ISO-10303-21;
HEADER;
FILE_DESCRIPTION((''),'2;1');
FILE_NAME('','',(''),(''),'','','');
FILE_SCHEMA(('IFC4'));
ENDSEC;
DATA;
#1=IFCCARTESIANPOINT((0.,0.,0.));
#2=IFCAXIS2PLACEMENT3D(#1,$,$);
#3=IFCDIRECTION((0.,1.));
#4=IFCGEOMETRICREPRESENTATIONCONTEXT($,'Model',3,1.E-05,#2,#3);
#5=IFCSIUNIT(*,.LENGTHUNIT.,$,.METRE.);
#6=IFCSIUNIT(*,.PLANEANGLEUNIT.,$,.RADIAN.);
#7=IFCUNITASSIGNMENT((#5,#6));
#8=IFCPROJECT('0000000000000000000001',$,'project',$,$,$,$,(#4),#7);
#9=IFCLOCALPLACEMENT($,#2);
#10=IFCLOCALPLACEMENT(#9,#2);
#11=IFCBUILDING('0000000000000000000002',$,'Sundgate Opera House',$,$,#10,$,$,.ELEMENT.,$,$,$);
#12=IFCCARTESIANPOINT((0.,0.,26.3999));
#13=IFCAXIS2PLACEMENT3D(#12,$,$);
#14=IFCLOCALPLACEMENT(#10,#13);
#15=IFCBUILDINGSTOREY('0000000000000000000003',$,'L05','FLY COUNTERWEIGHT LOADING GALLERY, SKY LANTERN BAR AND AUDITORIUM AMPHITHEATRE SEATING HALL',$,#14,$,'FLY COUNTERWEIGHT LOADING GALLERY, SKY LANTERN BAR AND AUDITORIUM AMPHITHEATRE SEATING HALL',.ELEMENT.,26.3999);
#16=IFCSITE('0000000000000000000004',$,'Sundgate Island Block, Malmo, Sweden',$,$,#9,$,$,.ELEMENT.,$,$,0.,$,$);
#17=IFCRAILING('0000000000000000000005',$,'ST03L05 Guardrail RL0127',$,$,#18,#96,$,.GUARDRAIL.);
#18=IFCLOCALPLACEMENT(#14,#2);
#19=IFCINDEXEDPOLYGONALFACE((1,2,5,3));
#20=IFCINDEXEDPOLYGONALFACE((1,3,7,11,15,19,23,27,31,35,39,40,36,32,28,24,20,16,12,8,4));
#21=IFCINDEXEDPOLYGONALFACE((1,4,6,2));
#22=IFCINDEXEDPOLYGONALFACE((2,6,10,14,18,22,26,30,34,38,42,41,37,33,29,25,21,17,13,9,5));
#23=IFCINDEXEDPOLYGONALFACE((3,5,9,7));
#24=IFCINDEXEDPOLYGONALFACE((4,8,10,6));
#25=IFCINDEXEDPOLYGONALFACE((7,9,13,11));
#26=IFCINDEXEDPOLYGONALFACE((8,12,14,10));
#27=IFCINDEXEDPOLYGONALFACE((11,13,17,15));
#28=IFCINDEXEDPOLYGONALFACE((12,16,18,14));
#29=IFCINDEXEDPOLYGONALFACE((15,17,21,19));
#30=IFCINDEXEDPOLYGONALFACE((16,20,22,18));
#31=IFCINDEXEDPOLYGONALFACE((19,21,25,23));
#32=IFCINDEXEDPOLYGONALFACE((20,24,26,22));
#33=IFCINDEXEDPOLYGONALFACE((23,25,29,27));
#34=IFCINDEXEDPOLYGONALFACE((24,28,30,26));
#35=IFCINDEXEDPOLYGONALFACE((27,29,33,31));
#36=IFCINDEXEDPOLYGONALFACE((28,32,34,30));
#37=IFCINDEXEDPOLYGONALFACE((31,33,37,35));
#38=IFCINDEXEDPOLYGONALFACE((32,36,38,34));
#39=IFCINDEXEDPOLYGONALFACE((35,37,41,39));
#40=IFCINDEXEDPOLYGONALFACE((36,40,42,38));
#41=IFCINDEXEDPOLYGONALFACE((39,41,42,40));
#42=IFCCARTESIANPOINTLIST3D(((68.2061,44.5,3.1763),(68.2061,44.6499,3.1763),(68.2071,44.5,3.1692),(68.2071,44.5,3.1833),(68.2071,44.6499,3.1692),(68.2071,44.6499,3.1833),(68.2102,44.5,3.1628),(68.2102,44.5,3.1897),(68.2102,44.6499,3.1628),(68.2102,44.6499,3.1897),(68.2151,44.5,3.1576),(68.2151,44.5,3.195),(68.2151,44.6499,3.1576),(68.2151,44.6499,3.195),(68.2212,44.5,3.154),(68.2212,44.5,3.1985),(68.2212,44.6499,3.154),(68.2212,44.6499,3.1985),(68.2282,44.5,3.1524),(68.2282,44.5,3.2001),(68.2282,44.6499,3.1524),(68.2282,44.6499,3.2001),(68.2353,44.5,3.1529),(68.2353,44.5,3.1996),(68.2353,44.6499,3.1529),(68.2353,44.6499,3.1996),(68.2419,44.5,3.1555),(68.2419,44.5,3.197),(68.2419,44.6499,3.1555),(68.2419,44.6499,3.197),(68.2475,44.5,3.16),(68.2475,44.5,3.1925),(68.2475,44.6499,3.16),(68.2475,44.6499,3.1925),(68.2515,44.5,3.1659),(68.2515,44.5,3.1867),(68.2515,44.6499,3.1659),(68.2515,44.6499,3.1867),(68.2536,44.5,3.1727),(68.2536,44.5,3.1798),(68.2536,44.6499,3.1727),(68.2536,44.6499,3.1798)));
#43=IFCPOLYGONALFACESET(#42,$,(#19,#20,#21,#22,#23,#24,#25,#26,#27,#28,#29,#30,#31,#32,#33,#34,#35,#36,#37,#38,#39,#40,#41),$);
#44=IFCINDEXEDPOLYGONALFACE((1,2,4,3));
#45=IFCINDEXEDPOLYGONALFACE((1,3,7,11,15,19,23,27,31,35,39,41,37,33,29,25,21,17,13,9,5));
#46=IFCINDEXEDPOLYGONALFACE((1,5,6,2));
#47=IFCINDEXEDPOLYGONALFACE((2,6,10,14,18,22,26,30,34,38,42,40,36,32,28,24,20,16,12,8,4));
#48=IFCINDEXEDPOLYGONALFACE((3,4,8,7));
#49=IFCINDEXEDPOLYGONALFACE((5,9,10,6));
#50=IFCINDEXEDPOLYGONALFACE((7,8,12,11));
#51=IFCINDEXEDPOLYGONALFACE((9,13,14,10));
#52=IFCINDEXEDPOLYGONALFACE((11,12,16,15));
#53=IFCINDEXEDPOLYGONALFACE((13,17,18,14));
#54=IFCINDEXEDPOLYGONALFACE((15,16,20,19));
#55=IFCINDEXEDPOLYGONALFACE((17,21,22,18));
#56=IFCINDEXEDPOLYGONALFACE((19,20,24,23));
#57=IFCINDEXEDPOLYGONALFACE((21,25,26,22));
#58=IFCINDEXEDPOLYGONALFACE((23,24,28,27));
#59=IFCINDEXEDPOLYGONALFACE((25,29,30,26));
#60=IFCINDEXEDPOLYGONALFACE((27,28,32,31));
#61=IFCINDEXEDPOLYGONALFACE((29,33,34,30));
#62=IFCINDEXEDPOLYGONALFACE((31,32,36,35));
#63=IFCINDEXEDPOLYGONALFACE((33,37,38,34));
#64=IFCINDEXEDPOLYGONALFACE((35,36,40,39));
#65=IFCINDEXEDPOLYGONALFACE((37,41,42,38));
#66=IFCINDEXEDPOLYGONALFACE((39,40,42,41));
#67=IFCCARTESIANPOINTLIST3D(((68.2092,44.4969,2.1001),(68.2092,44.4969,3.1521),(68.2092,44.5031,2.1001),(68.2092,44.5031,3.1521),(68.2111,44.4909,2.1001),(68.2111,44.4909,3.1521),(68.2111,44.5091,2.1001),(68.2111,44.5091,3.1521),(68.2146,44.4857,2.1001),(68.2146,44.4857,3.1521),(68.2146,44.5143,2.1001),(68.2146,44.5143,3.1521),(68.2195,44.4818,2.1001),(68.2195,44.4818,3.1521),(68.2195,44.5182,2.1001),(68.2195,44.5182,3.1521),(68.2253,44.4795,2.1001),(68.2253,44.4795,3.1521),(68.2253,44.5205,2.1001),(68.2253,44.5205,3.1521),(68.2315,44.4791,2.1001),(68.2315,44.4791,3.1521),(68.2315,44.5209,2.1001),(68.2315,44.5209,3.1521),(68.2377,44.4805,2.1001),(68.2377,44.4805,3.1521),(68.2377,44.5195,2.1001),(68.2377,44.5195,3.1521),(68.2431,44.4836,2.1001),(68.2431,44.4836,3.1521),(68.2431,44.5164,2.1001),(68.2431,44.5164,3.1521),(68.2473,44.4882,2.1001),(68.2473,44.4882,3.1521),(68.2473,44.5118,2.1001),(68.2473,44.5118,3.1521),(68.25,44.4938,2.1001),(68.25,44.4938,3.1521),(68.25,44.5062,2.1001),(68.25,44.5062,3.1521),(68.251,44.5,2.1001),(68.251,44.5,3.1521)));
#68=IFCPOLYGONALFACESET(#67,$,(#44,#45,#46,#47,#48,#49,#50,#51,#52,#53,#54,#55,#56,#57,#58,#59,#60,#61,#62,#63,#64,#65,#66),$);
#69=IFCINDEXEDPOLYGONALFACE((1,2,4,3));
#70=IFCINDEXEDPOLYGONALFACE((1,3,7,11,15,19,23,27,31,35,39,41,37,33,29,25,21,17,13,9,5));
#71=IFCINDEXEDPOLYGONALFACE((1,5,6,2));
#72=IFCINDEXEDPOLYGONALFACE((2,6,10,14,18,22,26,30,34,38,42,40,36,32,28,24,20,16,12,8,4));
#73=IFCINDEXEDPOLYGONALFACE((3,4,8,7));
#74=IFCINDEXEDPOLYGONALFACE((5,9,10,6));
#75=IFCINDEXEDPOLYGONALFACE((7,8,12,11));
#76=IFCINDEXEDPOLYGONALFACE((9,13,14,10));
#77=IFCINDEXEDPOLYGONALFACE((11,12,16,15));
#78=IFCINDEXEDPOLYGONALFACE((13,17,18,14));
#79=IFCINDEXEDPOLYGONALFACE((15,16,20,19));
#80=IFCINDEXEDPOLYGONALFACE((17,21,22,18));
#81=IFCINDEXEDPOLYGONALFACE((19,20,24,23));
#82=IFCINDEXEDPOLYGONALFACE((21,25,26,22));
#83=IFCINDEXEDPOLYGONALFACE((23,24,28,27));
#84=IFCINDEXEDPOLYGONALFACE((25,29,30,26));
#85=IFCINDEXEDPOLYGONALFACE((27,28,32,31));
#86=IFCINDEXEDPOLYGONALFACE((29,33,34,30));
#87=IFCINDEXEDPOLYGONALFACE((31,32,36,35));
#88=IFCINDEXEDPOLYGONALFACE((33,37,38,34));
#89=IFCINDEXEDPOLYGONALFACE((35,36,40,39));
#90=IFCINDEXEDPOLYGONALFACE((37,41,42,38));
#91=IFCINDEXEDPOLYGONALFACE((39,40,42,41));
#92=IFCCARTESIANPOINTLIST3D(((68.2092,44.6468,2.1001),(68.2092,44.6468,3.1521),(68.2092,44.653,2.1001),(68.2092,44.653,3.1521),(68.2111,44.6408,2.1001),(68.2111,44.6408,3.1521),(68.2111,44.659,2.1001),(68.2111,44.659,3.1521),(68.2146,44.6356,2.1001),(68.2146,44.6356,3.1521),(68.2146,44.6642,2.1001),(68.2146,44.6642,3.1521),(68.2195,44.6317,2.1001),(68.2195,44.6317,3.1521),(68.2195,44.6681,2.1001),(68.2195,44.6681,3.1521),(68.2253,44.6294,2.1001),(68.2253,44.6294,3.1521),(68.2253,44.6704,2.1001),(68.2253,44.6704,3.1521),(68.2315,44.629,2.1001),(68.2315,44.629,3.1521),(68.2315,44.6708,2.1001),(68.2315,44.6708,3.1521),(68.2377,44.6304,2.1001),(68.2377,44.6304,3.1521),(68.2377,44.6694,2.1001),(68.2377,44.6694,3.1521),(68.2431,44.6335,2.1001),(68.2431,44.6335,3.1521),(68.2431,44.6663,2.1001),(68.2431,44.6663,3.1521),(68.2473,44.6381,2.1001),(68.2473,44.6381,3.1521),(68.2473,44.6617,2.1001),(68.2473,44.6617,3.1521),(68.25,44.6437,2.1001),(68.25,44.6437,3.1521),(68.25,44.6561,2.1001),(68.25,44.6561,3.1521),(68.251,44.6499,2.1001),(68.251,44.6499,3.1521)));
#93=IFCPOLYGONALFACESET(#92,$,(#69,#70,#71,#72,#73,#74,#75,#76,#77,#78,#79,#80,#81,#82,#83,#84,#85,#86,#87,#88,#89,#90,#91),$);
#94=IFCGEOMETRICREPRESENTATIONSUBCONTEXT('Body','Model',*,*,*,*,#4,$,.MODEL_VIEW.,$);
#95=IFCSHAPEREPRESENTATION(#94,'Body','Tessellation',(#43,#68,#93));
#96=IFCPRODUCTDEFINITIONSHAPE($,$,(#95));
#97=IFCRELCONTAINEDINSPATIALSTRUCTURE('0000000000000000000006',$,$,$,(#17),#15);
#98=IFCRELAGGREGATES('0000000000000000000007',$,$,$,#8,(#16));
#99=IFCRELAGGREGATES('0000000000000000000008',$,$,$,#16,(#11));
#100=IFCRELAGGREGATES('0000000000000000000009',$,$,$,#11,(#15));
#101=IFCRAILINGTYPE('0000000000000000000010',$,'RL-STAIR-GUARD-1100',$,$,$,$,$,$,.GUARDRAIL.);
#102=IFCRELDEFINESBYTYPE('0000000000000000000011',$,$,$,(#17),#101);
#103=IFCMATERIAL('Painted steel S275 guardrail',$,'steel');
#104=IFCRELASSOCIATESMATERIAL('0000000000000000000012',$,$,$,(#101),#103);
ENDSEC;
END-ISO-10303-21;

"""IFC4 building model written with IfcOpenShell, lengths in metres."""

from ifc_helpers import new_model, si_unit, direction, frame, origin, origin_2d, place, context, subcontext, project, spatial, circle, extrude, material, type_object, element, save


model = new_model("IFC4")

# Units and contexts
model_context = context("Model", 3, precision=1e-05, world=origin(), true_north=direction((0.0, 1.0)))
body_context = subcontext(model_context, "Body", "Model", "MODEL_VIEW")
ifc_project = project(units=[si_unit("LENGTHUNIT", "METRE"), si_unit("PLANEANGLEUNIT", "RADIAN")], contexts=[model_context])

# Site, building, storey
site_placement = place(None, origin())
site = spatial("IfcSite", under=ifc_project, at=site_placement, Name="Sundgate Island Block, Malmo, Sweden", CompositionType="ELEMENT", RefElevation=0.0)
building_placement = place(site_placement, origin())
building = spatial("IfcBuilding", under=site, at=building_placement, Name="Sundgate Opera House", CompositionType="ELEMENT")
storey_placement = place(building_placement, frame((0.0, 0.0, 26.3999)))
storey = spatial("IfcBuildingStorey", under=building, at=storey_placement, Name="L05", Description="FLY COUNTERWEIGHT LOADING GALLERY, SKY LANTERN BAR AND AUDITORIUM AMPHITHEATRE SEATING HALL", LongName="FLY COUNTERWEIGHT LOADING GALLERY, SKY LANTERN BAR AND AUDITORIUM AMPHITHEATRE SEATING HALL", CompositionType="ELEMENT", Elevation=26.3999)

# Railing
ifc_material_1 = material(Name="Painted steel S275 guardrail", Category="steel")
railing_type_1 = type_object("IfcRailingType", Name="RL-STAIR-GUARD-1100", PredefinedType="GUARDRAIL", material=ifc_material_1)
railing_1_placement = place(storey_placement, frame((68.23, 44.5, 2.1001)))
element("IfcRailing", 1, at=railing_1_placement, inside=storey, type_object=railing_type_1, Name="ST03L05 Guardrail RL0127", PredefinedType="GUARDRAIL", context=body_context, shape_type="SweptSolid", body=[
    extrude(circle(Radius=0.0239, at=origin_2d()), frame((0.0, 0.0, 1.0762), z_axis=(0.0, 1.0, 0.0), x_axis=(-1.0, 0.0, 0.0)), (0.0, 0.0, 1.0), 0.1499),
    extrude(circle(Radius=0.021, at=origin_2d()), origin(), (0.0, 0.0, 1.0), 1.052),
    extrude(circle(Radius=0.021, at=origin_2d()), frame((0.0, 0.1499, 0.0)), (0.0, 0.0, 1.0), 1.052),
])

save(model, "model.ifc")
